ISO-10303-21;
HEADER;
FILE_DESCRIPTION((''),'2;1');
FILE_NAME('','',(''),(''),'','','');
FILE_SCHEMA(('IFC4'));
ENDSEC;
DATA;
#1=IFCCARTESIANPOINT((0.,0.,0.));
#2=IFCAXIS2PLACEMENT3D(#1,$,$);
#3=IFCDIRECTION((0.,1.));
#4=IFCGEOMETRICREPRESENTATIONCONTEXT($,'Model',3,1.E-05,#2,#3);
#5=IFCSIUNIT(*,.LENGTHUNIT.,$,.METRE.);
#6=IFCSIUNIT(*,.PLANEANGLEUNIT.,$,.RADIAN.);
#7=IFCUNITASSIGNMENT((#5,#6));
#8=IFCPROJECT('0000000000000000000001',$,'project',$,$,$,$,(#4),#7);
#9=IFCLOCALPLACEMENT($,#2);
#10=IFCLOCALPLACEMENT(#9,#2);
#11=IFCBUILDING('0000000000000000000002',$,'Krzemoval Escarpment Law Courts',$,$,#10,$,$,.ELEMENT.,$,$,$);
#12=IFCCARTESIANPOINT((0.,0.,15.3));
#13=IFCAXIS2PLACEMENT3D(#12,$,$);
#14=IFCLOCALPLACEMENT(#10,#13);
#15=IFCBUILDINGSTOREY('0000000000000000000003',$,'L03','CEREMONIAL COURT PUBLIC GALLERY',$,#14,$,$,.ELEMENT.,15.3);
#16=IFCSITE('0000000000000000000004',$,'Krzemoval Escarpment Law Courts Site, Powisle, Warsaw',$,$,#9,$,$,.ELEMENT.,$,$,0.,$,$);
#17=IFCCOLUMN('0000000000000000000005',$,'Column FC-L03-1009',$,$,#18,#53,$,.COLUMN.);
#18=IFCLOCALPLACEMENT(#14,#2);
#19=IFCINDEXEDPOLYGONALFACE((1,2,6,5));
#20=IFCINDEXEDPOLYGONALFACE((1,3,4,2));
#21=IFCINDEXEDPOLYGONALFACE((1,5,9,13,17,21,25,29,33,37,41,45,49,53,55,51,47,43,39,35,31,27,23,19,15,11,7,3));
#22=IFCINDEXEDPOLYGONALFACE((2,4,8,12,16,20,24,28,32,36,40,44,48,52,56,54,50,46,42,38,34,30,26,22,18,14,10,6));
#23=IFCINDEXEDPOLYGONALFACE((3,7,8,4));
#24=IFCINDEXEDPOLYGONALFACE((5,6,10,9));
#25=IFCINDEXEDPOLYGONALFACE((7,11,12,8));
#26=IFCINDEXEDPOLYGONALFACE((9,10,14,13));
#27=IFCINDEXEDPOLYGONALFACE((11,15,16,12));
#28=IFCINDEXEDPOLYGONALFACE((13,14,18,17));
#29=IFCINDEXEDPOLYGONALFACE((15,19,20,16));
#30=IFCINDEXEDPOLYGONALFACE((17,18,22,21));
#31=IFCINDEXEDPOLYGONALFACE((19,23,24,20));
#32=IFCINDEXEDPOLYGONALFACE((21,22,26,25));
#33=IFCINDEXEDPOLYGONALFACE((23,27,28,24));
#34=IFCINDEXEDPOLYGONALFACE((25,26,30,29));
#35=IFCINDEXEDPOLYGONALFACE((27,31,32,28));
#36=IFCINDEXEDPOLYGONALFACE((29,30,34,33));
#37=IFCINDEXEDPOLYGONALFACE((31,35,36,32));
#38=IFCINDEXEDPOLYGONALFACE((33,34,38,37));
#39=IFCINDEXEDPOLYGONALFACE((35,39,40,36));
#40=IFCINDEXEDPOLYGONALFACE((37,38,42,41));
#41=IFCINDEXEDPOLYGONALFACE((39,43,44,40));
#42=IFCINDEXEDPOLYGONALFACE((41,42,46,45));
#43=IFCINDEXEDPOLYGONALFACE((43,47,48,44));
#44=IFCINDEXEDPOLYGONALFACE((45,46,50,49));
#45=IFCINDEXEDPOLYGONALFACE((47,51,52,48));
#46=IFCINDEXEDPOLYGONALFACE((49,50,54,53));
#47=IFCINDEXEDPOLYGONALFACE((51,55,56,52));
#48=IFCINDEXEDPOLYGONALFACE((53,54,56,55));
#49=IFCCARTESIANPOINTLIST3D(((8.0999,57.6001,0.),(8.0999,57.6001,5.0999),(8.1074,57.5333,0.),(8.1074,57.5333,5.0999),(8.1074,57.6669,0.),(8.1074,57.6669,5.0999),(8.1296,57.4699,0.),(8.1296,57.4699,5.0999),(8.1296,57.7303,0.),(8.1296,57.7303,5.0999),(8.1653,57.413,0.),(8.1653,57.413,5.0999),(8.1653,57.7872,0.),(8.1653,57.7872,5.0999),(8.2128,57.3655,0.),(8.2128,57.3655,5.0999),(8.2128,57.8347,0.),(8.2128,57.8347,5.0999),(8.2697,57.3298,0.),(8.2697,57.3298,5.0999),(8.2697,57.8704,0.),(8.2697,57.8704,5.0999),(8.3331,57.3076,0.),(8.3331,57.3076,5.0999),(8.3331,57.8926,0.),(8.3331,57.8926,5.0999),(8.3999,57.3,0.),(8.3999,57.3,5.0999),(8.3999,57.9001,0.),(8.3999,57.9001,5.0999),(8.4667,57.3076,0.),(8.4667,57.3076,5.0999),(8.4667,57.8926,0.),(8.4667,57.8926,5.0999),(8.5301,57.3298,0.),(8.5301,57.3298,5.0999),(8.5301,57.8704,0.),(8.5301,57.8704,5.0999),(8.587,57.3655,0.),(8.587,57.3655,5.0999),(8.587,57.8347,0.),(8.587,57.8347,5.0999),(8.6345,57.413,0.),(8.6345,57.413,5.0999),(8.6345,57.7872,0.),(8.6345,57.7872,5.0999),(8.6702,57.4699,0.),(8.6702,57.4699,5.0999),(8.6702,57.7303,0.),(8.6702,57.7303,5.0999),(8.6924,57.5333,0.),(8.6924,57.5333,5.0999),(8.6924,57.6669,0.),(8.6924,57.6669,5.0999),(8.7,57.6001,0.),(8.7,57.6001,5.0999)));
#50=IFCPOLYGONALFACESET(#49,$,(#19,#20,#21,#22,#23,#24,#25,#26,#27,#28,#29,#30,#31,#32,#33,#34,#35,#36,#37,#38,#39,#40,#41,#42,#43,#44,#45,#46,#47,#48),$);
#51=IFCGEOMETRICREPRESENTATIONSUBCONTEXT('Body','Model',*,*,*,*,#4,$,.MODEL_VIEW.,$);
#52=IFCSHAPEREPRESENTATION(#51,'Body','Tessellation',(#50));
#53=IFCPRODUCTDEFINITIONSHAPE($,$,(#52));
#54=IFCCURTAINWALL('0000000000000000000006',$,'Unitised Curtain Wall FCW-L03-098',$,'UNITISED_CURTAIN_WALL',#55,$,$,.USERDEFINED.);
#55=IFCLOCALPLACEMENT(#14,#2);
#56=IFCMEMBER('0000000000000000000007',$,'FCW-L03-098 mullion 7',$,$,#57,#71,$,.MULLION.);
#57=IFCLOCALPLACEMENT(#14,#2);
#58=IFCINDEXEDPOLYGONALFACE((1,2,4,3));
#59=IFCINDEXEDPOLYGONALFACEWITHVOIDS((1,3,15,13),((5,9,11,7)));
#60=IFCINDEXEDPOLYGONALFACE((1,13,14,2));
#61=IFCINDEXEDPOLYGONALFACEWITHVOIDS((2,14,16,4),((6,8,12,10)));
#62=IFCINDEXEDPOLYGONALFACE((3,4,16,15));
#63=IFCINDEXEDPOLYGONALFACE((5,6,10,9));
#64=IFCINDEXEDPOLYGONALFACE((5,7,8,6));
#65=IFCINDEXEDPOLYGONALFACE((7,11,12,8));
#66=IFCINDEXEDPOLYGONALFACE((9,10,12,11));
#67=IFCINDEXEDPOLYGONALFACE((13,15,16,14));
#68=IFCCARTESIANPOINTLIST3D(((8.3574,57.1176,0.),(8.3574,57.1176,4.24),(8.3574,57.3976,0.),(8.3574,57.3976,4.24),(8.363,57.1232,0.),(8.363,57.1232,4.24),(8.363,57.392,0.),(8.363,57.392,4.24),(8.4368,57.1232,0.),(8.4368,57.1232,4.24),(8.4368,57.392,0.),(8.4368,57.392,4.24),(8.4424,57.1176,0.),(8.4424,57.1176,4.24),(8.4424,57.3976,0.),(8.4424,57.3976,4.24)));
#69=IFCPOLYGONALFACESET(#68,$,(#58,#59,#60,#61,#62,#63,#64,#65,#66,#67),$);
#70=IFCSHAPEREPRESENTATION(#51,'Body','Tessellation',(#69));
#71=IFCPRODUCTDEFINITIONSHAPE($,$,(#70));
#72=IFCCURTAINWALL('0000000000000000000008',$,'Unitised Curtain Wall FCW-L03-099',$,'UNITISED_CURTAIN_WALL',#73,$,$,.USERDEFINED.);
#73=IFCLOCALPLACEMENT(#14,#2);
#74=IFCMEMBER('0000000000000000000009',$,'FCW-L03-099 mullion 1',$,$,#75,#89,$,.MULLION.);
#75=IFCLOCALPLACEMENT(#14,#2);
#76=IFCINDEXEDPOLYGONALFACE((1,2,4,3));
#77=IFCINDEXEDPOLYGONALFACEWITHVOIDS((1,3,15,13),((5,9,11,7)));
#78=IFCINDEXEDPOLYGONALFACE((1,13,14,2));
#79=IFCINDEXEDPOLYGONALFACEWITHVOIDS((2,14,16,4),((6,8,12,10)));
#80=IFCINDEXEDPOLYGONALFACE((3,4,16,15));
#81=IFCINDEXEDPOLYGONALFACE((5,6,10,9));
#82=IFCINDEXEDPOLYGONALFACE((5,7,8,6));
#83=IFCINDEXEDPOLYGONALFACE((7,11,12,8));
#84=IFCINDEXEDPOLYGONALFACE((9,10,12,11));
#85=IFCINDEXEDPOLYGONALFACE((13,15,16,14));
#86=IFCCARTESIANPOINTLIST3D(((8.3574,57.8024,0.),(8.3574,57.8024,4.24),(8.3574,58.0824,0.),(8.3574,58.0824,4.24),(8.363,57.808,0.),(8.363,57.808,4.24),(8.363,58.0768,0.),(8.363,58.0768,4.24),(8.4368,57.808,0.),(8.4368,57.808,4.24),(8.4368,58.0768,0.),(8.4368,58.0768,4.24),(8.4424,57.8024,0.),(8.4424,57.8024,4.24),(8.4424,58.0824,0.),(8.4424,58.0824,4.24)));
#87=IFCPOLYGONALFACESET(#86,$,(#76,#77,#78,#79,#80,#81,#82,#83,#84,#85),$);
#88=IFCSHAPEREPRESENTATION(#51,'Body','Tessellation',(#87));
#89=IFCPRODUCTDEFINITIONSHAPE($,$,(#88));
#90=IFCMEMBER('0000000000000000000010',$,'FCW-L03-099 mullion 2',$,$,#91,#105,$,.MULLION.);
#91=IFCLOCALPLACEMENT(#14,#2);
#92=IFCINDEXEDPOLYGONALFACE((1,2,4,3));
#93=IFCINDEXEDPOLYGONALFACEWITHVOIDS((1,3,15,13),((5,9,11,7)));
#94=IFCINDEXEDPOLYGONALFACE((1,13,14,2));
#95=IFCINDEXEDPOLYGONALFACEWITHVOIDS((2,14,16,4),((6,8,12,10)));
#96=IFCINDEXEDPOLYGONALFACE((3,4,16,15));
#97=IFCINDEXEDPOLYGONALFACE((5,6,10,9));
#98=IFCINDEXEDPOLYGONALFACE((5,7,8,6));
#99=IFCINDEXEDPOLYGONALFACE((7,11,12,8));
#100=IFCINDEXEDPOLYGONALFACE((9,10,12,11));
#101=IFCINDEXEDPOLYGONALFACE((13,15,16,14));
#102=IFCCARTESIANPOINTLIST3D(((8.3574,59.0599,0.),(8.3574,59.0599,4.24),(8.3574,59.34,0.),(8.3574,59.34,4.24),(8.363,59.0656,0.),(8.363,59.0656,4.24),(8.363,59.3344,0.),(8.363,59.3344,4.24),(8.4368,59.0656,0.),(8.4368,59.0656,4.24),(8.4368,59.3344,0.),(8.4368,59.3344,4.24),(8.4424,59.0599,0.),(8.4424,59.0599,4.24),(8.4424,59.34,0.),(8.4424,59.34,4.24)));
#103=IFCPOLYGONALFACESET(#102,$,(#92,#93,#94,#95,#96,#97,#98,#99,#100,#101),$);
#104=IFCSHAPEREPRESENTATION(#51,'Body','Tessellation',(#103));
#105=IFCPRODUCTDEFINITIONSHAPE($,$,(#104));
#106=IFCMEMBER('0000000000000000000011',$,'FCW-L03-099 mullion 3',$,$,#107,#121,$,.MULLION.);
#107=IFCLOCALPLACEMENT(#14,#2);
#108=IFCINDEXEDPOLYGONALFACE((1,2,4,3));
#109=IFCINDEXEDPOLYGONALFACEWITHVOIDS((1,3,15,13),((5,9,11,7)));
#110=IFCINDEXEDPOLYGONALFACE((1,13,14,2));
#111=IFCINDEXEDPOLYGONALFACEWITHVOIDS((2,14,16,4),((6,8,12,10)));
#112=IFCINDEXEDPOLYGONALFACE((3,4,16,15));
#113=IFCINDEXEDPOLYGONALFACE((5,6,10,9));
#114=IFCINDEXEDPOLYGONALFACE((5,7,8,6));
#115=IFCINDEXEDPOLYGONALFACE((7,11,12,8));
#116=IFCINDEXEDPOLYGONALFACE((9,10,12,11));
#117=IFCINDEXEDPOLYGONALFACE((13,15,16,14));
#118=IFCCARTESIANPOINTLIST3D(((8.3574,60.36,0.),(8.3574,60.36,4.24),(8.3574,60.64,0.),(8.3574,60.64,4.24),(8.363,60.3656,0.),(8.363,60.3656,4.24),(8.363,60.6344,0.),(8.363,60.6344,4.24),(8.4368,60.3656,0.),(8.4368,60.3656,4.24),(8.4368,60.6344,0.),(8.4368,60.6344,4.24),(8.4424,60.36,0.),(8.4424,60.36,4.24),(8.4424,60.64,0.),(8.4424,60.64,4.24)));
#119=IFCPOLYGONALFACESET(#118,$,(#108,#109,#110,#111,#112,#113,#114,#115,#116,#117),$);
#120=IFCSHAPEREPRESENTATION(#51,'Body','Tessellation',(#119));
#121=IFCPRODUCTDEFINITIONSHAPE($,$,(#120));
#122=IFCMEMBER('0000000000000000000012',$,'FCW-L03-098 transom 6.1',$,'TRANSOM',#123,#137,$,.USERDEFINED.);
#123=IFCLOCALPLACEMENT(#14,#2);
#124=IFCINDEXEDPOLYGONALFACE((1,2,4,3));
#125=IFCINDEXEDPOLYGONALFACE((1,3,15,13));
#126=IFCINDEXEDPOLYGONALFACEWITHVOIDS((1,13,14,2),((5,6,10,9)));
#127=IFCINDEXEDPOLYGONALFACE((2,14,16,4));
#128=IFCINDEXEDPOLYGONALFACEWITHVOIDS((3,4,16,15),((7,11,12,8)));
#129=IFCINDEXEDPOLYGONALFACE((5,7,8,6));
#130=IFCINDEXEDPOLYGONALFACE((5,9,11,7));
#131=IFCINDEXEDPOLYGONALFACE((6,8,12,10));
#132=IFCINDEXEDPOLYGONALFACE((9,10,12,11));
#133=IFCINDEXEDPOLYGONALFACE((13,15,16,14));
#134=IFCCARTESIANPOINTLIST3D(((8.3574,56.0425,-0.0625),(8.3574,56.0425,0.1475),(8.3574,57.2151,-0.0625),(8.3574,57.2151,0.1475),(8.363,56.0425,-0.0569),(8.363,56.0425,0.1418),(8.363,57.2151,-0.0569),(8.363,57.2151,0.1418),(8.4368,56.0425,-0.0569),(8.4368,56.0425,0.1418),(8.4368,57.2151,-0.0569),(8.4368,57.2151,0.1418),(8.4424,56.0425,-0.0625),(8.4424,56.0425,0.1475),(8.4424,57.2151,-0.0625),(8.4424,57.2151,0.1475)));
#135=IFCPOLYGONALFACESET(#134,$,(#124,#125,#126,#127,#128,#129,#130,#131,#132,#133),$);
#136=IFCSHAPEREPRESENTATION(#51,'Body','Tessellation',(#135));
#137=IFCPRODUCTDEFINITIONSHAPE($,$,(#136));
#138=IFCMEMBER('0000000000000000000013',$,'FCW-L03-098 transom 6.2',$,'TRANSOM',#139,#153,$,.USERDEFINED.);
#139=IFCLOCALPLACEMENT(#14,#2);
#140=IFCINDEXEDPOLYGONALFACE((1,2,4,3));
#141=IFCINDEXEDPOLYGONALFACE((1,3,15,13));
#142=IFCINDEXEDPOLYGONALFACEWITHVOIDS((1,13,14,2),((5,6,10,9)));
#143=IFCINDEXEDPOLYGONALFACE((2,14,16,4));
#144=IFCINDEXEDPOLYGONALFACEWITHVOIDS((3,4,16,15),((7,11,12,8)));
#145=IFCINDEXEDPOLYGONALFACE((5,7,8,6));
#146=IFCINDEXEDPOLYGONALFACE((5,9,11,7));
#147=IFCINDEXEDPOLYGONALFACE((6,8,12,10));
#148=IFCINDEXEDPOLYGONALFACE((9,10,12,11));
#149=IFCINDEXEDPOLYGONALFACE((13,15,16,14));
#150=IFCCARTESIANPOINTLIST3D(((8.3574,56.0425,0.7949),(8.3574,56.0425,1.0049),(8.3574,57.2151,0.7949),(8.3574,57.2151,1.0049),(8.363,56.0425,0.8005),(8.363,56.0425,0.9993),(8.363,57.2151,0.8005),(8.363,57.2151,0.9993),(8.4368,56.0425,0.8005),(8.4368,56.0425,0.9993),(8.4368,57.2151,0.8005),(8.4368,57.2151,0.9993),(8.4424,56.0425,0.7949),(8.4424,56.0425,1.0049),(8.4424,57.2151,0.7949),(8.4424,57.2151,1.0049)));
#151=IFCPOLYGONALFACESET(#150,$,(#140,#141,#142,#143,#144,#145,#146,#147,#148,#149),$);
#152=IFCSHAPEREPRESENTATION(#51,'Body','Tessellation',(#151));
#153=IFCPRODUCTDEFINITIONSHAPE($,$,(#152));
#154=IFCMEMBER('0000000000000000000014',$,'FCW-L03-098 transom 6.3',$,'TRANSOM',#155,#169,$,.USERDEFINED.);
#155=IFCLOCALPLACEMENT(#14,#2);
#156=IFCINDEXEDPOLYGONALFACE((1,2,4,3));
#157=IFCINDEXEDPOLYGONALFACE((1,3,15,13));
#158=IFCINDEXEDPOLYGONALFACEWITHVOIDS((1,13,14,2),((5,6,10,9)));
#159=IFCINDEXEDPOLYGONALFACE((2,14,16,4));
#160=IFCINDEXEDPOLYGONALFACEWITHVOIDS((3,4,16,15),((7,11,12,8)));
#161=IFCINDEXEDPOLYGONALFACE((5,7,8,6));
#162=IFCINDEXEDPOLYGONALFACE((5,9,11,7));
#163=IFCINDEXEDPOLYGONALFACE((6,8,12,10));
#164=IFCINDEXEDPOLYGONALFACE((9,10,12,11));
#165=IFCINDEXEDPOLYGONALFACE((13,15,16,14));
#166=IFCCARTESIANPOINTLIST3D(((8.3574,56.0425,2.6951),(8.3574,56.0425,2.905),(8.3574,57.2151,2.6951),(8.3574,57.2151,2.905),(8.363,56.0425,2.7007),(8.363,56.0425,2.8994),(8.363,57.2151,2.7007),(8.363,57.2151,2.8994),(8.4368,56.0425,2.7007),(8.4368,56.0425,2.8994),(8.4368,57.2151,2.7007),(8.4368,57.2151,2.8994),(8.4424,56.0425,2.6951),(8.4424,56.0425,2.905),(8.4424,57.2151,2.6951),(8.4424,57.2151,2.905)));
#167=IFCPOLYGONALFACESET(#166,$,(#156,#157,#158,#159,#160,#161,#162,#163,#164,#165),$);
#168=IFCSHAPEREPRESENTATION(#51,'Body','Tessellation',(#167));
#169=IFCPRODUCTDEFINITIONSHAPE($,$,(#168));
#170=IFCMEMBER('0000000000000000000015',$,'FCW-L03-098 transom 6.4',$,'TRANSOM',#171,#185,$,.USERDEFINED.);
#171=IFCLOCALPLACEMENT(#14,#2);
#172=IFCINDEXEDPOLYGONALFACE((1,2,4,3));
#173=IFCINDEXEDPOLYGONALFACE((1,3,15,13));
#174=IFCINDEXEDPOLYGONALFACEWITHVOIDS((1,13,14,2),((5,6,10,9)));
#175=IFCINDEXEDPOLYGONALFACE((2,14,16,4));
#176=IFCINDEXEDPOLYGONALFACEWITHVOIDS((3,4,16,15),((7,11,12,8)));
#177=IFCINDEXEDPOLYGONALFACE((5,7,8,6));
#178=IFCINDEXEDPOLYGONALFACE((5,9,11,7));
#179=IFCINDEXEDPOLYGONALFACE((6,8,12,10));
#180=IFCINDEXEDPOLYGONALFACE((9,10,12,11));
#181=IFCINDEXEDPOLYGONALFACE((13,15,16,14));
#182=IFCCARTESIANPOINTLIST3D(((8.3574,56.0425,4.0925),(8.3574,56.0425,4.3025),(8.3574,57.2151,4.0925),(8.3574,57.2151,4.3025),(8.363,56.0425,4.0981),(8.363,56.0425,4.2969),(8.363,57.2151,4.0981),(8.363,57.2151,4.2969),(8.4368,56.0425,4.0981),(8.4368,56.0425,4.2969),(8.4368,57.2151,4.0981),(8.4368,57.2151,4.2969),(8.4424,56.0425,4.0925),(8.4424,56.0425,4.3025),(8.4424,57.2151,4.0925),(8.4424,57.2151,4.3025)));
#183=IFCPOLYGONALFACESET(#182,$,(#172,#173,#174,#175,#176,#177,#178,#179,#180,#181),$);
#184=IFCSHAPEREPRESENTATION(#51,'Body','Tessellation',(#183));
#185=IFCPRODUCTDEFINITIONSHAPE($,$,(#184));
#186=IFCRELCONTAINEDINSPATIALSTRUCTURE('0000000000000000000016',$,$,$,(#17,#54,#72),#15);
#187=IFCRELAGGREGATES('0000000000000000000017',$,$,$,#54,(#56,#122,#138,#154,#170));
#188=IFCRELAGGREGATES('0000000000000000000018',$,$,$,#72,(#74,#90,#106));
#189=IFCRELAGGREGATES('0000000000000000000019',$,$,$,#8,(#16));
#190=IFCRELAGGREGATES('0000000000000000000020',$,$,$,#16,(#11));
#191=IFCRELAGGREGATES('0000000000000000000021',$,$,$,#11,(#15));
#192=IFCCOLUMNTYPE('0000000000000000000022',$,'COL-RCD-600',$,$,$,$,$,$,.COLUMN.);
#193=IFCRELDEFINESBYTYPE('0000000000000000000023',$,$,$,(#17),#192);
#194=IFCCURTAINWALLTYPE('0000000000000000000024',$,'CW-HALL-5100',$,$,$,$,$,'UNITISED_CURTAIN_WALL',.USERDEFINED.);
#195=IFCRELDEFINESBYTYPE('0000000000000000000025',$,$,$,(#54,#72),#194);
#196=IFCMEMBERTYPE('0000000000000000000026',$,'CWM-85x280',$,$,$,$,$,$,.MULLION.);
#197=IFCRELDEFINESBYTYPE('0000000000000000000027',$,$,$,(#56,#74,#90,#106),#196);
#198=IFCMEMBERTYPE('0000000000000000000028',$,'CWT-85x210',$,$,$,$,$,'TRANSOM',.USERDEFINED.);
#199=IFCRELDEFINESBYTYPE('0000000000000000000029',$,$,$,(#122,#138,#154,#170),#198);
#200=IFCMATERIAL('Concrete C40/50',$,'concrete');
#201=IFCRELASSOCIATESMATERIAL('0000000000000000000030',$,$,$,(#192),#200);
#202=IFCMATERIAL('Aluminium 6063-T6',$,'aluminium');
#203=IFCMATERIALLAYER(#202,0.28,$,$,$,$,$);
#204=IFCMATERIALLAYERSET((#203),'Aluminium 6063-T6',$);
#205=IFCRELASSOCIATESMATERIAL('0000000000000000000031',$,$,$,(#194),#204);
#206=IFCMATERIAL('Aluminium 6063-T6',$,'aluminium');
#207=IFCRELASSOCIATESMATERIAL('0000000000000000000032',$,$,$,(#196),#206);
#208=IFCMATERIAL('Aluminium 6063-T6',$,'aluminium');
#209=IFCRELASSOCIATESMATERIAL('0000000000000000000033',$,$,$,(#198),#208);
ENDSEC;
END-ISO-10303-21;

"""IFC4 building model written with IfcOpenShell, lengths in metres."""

from ifc_helpers import new_model, si_unit, direction, frame, origin, origin_2d, place, context, subcontext, project, spatial, hollow_rectangle, circle, extrude, material, layer, layer_set, material_profile, profile_set, type_object, element, aggregate, save


model = new_model("IFC4")

# Units and contexts
model_context = context("Model", 3, precision=1e-05, world=origin(), true_north=direction((0.0, 1.0)))
body_context = subcontext(model_context, "Body", "Model", "MODEL_VIEW")
ifc_project = project(units=[si_unit("LENGTHUNIT", "METRE"), si_unit("PLANEANGLEUNIT", "RADIAN")], contexts=[model_context])

# Site, building, storey
site_placement = place(None, origin())
site = spatial("IfcSite", under=ifc_project, at=site_placement, Name="Krzemoval Escarpment Law Courts Site, Powisle, Warsaw", CompositionType="ELEMENT", RefElevation=0.0)
building_placement = place(site_placement, origin())
building = spatial("IfcBuilding", under=site, at=building_placement, Name="Krzemoval Escarpment Law Courts", CompositionType="ELEMENT")
storey_placement = place(building_placement, frame((0.0, 0.0, 15.3)))
storey = spatial("IfcBuildingStorey", under=building, at=storey_placement, Name="L03", Description="CEREMONIAL COURT PUBLIC GALLERY", CompositionType="ELEMENT", Elevation=15.3)

# Column
ifc_material_1 = material(Name="Concrete C40/50", Category="concrete")
ifc_material_profile_1 = material_profile(ifc_material_1, circle(Radius=0.3, at=origin_2d()), Name="RC D600")
ifc_profile_set_1 = profile_set([ifc_material_profile_1], Name="Concrete C40/50")
column_type = type_object("IfcColumnType", Name="COL-RCD-600", PredefinedType="COLUMN", material=ifc_profile_set_1)
column_placement = place(storey_placement, frame((8.3999, 57.6001, 0.0), z_axis=(0.0, 0.0, 1.0), x_axis=(1.0, 0.0, 0.0)))
element("IfcColumn", 1, at=column_placement, inside=storey, type_object=column_type, Name="Column FC-L03-1009", PredefinedType="COLUMN", context=body_context, shape_type="SweptSolid", body=[
    extrude(circle(Radius=0.3, at=origin_2d()), origin(), (0.0, 0.0, 1.0), 5.0999),
])

# Curtain wall, member
ifc_material_2 = material(Name="Aluminium 6063-T6", Category="aluminium")
ifc_layer_1 = layer(ifc_material_2, 0.28)
ifc_layer_set_1 = layer_set([ifc_layer_1], Name="Aluminium 6063-T6")
curtain_wall_type = type_object("IfcCurtainWallType", Name="CW-HALL-5100", ElementType="UNITISED_CURTAIN_WALL", PredefinedType="USERDEFINED", material=ifc_layer_set_1)
curtain_wall_1_placement = place(storey_placement, origin())
curtain_wall_1 = element("IfcCurtainWall", 2, at=curtain_wall_1_placement, inside=storey, type_object=curtain_wall_type, Name="Unitised Curtain Wall FCW-L03-098", ObjectType="UNITISED_CURTAIN_WALL", PredefinedType="USERDEFINED")
ifc_material_3 = material(Name="Aluminium 6063-T6", Category="aluminium")
ifc_material_profile_2 = material_profile(ifc_material_3, hollow_rectangle(XDim=0.085, YDim=0.28, WallThickness=0.0056, at=origin_2d()), Name="ALU M85x280")
ifc_profile_set_2 = profile_set([ifc_material_profile_2], Name="Aluminium 6063-T6")
member_type_1 = type_object("IfcMemberType", Name="CWM-85x280", PredefinedType="MULLION", material=ifc_profile_set_2)
member_1_placement = place(storey_placement, frame((8.3999, 57.2576, 0.0), z_axis=(0.0, 0.0, 1.0), x_axis=(-1.0, 0.0, 0.0)))
member_1 = element("IfcMember", 3, at=member_1_placement, type_object=member_type_1, Name="FCW-L03-098 mullion 7", PredefinedType="MULLION", context=body_context, shape_type="SweptSolid", body=[
    extrude(hollow_rectangle(XDim=0.085, YDim=0.28, WallThickness=0.0056, at=origin_2d()), origin(), (0.0, 0.0, 1.0), 4.24),
])

# Curtain wall, members
curtain_wall_2_placement = place(storey_placement, origin())
curtain_wall_2 = element("IfcCurtainWall", 4, at=curtain_wall_2_placement, inside=storey, type_object=curtain_wall_type, Name="Unitised Curtain Wall FCW-L03-099", ObjectType="UNITISED_CURTAIN_WALL", PredefinedType="USERDEFINED")
member_2_placement = place(storey_placement, frame((8.3999, 57.9424, 0.0), z_axis=(0.0, 0.0, 1.0), x_axis=(-1.0, 0.0, 0.0)))
member_2 = element("IfcMember", 5, at=member_2_placement, type_object=member_type_1, Name="FCW-L03-099 mullion 1", PredefinedType="MULLION", context=body_context, shape_type="SweptSolid", body=[
    extrude(hollow_rectangle(XDim=0.085, YDim=0.28, WallThickness=0.0056, at=origin_2d()), origin(), (0.0, 0.0, 1.0), 4.24),
])
member_3_placement = place(storey_placement, frame((8.3999, 59.2, 0.0), z_axis=(0.0, 0.0, 1.0), x_axis=(-1.0, 0.0, 0.0)))
member_3 = element("IfcMember", 6, at=member_3_placement, type_object=member_type_1, Name="FCW-L03-099 mullion 2", PredefinedType="MULLION", context=body_context, shape_type="SweptSolid", body=[
    extrude(hollow_rectangle(XDim=0.085, YDim=0.28, WallThickness=0.0056, at=origin_2d()), origin(), (0.0, 0.0, 1.0), 4.24),
])
member_4_placement = place(storey_placement, frame((8.3999, 60.5, 0.0), z_axis=(0.0, 0.0, 1.0), x_axis=(-1.0, 0.0, 0.0)))
member_4 = element("IfcMember", 7, at=member_4_placement, type_object=member_type_1, Name="FCW-L03-099 mullion 3", PredefinedType="MULLION", context=body_context, shape_type="SweptSolid", body=[
    extrude(hollow_rectangle(XDim=0.085, YDim=0.28, WallThickness=0.0056, at=origin_2d()), origin(), (0.0, 0.0, 1.0), 4.24),
])

# Members
ifc_material_4 = material(Name="Aluminium 6063-T6", Category="aluminium")
ifc_material_profile_3 = material_profile(ifc_material_4, hollow_rectangle(XDim=0.085, YDim=0.21, WallThickness=0.0056, at=origin_2d()), Name="ALU T85x210")
ifc_profile_set_3 = profile_set([ifc_material_profile_3], Name="Aluminium 6063-T6")
member_type_2 = type_object("IfcMemberType", Name="CWT-85x210", ElementType="TRANSOM", PredefinedType="USERDEFINED", material=ifc_profile_set_3)
member_5_placement = place(storey_placement, frame((8.3999, 56.0425, 0.0425), z_axis=(0.0, 1.0, 0.0), x_axis=(-1.0, 0.0, 0.0)))
member_5 = element("IfcMember", 8, at=member_5_placement, type_object=member_type_2, Name="FCW-L03-098 transom 6.1", ObjectType="TRANSOM", PredefinedType="USERDEFINED", context=body_context, shape_type="SweptSolid", body=[
    extrude(hollow_rectangle(XDim=0.085, YDim=0.21, WallThickness=0.0056, at=origin_2d()), origin(), (0.0, 0.0, 1.0), 1.1726),
])
member_6_placement = place(storey_placement, frame((8.3999, 56.0425, 0.8999), z_axis=(0.0, 1.0, 0.0), x_axis=(-1.0, 0.0, 0.0)))
member_6 = element("IfcMember", 9, at=member_6_placement, type_object=member_type_2, Name="FCW-L03-098 transom 6.2", ObjectType="TRANSOM", PredefinedType="USERDEFINED", context=body_context, shape_type="SweptSolid", body=[
    extrude(hollow_rectangle(XDim=0.085, YDim=0.21, WallThickness=0.0056, at=origin_2d()), origin(), (0.0, 0.0, 1.0), 1.1726),
])
member_7_placement = place(storey_placement, frame((8.3999, 56.0425, 2.8), z_axis=(0.0, 1.0, 0.0), x_axis=(-1.0, 0.0, 0.0)))
member_7 = element("IfcMember", 10, at=member_7_placement, type_object=member_type_2, Name="FCW-L03-098 transom 6.3", ObjectType="TRANSOM", PredefinedType="USERDEFINED", context=body_context, shape_type="SweptSolid", body=[
    extrude(hollow_rectangle(XDim=0.085, YDim=0.21, WallThickness=0.0056, at=origin_2d()), origin(), (0.0, 0.0, 1.0), 1.1726),
])
member_8_placement = place(storey_placement, frame((8.3999, 56.0425, 4.1975), z_axis=(0.0, 1.0, 0.0), x_axis=(-1.0, 0.0, 0.0)))
member_8 = element("IfcMember", 11, at=member_8_placement, type_object=member_type_2, Name="FCW-L03-098 transom 6.4", ObjectType="TRANSOM", PredefinedType="USERDEFINED", context=body_context, shape_type="SweptSolid", body=[
    extrude(hollow_rectangle(XDim=0.085, YDim=0.21, WallThickness=0.0056, at=origin_2d()), origin(), (0.0, 0.0, 1.0), 1.1726),
])

aggregate(curtain_wall_1, [member_1, member_5, member_6, member_7, member_8])
aggregate(curtain_wall_2, [member_2, member_3, member_4])

save(model, "model.ifc")
